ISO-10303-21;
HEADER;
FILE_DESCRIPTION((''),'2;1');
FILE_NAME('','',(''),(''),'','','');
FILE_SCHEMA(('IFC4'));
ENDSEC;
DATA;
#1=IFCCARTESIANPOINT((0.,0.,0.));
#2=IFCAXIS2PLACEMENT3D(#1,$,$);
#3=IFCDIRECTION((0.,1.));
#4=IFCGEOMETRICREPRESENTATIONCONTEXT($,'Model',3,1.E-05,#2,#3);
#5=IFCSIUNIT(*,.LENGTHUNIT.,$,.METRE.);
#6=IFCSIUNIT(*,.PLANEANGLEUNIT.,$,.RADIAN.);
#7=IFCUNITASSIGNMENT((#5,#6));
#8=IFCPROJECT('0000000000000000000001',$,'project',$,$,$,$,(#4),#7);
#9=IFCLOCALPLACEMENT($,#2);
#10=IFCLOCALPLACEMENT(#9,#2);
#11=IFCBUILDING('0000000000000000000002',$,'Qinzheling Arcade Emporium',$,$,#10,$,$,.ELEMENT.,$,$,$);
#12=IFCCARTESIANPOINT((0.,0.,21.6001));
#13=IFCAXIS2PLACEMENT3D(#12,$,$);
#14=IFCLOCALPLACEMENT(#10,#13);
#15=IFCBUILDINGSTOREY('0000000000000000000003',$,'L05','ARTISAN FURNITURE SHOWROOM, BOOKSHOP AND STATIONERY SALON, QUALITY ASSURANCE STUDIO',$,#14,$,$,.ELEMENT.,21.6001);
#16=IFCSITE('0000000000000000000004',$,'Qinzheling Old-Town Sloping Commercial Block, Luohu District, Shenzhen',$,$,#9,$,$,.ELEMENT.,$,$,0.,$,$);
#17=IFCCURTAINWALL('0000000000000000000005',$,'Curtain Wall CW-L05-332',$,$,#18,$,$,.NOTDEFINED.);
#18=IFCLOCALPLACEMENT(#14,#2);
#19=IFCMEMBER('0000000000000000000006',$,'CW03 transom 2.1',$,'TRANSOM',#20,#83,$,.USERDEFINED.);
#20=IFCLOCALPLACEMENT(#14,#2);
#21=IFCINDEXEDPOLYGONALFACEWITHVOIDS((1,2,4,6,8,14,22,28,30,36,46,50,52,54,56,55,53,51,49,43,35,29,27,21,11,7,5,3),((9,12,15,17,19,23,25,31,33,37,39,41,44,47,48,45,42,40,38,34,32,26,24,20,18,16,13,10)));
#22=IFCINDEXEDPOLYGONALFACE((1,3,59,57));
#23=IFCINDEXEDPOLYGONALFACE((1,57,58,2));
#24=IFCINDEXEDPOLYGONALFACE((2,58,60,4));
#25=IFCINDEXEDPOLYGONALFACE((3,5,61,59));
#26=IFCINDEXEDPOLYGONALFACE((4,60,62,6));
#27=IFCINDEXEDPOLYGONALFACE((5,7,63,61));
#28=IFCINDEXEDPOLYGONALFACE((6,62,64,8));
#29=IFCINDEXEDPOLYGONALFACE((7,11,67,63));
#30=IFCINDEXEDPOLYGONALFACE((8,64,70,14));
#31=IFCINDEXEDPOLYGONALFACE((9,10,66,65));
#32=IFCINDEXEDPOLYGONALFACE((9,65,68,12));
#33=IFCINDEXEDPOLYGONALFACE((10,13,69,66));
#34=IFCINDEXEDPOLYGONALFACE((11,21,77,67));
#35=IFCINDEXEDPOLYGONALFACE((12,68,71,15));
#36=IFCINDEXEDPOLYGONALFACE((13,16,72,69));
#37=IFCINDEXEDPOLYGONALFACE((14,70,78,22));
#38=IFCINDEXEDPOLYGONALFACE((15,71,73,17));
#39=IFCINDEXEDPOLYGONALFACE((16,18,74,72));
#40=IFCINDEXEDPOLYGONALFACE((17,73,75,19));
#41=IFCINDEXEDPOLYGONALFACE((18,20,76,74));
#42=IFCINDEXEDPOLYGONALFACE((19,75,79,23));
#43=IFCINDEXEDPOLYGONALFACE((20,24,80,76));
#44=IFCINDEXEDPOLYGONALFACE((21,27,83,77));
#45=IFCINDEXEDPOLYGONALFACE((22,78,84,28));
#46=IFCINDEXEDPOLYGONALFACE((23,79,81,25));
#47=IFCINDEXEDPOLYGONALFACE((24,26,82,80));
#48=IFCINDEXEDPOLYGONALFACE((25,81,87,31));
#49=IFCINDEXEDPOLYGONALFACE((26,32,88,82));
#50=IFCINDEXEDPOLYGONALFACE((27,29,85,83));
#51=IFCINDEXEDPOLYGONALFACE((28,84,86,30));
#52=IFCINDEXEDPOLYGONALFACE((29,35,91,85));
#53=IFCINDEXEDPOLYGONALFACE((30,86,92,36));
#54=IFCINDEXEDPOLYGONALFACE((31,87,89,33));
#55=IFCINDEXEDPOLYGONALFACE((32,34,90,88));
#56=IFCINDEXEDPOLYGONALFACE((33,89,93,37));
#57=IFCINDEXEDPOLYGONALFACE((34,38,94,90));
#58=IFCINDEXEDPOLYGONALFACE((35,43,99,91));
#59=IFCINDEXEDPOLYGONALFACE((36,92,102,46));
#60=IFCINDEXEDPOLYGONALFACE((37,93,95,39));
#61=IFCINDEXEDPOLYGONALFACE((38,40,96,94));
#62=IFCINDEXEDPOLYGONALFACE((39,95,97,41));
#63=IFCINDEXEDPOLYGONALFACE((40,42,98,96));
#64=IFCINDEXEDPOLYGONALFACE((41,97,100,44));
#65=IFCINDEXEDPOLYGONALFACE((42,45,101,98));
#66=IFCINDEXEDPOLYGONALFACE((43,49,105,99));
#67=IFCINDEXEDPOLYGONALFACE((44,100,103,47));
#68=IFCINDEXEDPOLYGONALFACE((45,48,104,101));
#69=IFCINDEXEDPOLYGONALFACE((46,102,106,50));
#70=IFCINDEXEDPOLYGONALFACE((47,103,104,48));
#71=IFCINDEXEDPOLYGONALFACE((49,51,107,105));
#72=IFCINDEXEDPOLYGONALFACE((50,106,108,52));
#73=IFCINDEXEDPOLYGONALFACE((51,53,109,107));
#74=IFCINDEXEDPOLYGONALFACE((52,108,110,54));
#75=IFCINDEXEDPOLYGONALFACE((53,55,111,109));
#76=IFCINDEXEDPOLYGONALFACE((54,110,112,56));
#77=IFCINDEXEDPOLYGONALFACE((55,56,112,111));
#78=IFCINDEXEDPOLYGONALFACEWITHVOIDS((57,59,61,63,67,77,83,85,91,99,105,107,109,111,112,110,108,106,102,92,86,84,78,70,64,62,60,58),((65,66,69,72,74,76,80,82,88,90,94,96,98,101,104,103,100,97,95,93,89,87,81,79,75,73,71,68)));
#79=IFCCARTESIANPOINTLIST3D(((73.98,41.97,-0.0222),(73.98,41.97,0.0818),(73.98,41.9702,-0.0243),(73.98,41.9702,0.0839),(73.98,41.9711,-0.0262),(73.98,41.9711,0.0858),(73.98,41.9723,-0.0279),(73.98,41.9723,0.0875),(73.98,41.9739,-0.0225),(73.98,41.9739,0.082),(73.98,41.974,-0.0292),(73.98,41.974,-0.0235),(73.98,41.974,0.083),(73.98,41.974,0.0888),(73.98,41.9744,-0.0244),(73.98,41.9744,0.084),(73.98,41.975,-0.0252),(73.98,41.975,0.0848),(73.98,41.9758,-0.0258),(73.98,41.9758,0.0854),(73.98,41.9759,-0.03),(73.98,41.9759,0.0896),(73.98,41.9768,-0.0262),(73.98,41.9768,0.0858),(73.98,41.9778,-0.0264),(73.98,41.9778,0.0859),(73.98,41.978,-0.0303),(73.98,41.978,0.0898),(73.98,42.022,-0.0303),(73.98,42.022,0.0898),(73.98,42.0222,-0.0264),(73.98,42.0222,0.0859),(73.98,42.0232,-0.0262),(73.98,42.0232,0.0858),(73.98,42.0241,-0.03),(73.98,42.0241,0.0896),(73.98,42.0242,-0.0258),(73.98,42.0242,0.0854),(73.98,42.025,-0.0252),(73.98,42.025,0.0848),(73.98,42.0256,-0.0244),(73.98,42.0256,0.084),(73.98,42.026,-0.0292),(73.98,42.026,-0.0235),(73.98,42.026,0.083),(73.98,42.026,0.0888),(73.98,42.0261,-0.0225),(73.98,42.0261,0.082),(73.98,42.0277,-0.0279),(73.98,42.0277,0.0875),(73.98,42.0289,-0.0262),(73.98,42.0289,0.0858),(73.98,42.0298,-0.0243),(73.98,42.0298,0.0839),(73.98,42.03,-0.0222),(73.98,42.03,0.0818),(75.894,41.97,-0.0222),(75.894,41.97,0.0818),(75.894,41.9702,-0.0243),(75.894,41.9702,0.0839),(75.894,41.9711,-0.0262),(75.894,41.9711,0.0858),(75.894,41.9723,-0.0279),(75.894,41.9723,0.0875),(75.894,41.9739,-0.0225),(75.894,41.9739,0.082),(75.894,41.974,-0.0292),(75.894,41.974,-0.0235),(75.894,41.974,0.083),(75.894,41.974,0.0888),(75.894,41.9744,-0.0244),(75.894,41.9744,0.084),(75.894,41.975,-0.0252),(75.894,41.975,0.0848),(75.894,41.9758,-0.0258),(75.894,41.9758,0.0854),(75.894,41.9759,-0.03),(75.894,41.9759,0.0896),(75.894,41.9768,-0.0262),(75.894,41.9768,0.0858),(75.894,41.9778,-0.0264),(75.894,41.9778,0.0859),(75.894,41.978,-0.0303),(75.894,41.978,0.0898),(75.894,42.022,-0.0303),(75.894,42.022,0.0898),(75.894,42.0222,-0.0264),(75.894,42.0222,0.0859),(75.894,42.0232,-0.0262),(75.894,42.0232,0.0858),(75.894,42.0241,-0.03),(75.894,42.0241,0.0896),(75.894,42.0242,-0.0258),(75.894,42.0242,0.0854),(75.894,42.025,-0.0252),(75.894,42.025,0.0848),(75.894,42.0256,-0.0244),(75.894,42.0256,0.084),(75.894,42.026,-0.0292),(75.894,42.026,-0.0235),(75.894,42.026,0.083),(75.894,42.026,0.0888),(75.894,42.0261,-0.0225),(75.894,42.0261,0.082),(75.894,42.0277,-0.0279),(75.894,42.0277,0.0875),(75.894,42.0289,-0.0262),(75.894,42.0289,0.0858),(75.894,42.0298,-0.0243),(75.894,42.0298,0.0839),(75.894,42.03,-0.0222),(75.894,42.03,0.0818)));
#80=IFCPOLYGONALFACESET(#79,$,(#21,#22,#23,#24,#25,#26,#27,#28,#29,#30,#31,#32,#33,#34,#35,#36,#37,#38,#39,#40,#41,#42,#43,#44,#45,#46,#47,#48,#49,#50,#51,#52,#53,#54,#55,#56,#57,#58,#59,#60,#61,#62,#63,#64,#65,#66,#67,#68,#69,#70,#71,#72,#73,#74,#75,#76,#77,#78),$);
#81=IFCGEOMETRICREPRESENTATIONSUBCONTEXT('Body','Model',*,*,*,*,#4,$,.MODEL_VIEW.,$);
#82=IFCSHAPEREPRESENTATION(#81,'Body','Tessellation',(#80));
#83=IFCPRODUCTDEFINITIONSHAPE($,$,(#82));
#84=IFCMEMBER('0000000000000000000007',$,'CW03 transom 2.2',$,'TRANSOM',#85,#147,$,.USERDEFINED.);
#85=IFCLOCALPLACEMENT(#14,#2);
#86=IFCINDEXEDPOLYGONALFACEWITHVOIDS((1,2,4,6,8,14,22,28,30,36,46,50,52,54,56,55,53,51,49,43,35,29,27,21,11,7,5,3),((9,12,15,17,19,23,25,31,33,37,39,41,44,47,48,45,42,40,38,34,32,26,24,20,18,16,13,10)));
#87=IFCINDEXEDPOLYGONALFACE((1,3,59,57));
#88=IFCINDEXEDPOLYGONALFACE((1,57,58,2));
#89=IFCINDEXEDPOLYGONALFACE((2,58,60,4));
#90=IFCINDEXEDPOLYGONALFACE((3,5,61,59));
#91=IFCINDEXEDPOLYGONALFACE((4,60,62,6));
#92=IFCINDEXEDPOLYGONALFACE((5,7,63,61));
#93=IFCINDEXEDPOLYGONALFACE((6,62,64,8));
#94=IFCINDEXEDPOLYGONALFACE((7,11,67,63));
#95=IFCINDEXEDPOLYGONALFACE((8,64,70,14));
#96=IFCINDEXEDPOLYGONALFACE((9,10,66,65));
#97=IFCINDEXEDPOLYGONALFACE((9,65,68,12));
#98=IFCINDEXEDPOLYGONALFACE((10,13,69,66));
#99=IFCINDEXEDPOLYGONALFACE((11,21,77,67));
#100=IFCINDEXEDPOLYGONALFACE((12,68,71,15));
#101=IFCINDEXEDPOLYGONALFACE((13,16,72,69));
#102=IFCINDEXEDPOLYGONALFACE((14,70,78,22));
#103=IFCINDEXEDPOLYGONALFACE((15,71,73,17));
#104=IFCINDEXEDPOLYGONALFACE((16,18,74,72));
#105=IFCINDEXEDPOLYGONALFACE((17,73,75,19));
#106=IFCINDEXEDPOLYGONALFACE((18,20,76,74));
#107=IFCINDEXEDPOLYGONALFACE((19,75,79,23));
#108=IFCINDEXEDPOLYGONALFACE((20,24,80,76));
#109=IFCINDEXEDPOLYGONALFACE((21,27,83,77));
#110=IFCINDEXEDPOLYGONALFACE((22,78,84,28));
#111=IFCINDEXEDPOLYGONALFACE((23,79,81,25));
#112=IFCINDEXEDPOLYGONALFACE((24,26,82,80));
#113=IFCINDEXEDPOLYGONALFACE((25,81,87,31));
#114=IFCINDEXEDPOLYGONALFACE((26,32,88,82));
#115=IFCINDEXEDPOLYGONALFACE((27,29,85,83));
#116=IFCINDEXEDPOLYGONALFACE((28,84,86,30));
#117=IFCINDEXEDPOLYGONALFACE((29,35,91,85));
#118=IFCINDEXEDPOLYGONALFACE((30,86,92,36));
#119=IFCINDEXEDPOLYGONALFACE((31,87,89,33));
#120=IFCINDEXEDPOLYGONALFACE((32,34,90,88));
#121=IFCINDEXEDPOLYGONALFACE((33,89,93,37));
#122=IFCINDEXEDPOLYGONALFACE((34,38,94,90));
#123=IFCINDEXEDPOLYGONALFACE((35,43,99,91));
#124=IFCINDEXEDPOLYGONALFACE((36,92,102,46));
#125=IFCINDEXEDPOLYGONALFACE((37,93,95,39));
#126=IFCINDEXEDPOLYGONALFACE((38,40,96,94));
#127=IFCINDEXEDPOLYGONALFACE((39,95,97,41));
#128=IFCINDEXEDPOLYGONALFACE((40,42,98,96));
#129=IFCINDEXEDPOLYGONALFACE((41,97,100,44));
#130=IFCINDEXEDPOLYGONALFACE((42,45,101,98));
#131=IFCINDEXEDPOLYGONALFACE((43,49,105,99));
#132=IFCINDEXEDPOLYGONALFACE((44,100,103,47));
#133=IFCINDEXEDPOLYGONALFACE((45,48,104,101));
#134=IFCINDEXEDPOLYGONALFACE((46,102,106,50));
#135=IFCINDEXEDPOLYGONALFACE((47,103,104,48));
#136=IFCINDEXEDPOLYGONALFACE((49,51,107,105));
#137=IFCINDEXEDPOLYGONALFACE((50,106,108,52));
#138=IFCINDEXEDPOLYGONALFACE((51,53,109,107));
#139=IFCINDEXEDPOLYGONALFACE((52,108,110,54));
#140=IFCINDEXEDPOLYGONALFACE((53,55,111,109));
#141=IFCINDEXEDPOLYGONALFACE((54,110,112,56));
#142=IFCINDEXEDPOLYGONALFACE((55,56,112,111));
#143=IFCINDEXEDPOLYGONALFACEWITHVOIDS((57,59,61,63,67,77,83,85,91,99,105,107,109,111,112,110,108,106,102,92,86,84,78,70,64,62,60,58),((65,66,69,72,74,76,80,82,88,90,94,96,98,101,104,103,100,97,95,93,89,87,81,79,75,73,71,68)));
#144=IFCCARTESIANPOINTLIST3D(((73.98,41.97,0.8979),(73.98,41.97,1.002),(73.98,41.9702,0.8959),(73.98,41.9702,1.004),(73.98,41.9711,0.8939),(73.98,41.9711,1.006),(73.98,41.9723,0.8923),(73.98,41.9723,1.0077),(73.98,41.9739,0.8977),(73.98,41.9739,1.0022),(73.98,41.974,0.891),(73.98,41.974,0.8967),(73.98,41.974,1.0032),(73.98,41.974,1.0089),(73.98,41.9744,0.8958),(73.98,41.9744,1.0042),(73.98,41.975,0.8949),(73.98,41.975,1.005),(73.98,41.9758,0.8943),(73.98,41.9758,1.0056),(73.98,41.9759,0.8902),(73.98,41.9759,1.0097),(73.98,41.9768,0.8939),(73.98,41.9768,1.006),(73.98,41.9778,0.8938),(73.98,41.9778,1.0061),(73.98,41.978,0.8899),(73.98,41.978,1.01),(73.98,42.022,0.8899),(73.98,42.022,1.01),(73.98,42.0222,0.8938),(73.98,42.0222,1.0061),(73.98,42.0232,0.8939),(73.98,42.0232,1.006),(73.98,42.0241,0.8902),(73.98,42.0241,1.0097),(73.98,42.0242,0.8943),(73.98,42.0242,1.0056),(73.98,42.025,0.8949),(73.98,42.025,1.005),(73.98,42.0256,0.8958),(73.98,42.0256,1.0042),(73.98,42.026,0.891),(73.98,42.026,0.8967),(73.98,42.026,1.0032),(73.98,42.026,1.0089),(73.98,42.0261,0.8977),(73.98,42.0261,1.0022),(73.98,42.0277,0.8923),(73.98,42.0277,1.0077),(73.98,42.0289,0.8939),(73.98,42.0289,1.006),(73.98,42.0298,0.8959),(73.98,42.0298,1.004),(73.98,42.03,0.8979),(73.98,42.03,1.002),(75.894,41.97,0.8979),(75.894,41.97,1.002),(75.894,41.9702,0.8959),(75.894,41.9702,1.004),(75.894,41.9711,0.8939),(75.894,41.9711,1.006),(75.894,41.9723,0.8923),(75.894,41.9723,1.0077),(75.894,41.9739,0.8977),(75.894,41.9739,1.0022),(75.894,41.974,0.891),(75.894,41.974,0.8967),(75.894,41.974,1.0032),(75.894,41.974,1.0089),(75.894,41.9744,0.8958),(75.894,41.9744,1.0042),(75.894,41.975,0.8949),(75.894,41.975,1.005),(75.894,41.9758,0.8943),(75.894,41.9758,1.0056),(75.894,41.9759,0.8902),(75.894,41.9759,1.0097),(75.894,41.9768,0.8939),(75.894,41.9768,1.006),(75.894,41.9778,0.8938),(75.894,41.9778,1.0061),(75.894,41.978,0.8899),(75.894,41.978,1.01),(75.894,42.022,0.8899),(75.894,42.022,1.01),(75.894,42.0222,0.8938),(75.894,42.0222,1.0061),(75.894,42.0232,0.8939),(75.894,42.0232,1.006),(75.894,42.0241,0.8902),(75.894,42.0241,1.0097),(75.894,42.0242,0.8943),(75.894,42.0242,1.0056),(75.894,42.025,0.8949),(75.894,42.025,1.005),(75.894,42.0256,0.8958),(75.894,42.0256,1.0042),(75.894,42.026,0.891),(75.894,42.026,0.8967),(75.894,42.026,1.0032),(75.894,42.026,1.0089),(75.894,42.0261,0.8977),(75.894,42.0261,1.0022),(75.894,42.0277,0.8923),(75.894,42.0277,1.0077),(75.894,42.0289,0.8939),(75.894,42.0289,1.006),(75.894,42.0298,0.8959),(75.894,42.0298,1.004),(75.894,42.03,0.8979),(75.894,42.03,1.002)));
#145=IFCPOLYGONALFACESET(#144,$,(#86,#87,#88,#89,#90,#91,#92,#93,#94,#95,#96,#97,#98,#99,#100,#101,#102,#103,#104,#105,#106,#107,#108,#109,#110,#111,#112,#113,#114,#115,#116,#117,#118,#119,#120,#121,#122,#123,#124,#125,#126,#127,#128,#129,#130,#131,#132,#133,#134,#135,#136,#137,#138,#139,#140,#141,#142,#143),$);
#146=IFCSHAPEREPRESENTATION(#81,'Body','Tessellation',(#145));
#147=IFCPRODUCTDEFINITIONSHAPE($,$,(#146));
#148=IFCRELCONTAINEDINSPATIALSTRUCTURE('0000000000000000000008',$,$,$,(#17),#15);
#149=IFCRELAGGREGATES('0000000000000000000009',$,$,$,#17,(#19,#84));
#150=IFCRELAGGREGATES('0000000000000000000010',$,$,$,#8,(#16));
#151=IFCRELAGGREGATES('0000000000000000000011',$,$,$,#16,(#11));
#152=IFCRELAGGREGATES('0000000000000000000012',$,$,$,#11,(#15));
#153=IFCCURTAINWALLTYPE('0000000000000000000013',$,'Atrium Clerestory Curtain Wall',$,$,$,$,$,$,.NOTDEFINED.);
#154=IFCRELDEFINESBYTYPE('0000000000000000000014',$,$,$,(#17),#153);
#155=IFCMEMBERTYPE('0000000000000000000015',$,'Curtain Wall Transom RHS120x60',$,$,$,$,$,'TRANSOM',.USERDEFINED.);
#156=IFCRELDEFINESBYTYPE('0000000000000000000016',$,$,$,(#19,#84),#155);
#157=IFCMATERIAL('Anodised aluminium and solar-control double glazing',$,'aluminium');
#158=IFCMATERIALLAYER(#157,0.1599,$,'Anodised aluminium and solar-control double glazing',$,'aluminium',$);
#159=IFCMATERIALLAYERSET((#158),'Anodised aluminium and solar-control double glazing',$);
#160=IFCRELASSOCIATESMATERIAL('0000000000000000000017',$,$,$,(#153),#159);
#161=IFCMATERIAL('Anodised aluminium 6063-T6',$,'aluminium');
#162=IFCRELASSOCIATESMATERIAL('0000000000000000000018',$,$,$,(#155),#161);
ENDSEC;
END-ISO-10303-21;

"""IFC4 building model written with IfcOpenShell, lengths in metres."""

from ifc_helpers import new_model, si_unit, direction, frame, origin, origin_2d, place, context, subcontext, project, spatial, hollow_rectangle, extrude, material, layer, layer_set, material_profile, profile_set, type_object, element, aggregate, save


model = new_model("IFC4")

# Units and contexts
model_context = context("Model", 3, precision=1e-05, world=origin(), true_north=direction((0.0, 1.0)))
body_context = subcontext(model_context, "Body", "Model", "MODEL_VIEW")
ifc_project = project(units=[si_unit("LENGTHUNIT", "METRE"), si_unit("PLANEANGLEUNIT", "RADIAN")], contexts=[model_context])

# Site, building, storey
site_placement = place(None, origin())
site = spatial("IfcSite", under=ifc_project, at=site_placement, Name="Qinzheling Old-Town Sloping Commercial Block, Luohu District, Shenzhen", CompositionType="ELEMENT", RefElevation=0.0)
building_placement = place(site_placement, origin())
building = spatial("IfcBuilding", under=site, at=building_placement, Name="Qinzheling Arcade Emporium", CompositionType="ELEMENT")
storey_placement = place(building_placement, frame((0.0, 0.0, 21.6001)))
storey = spatial("IfcBuildingStorey", under=building, at=storey_placement, Name="L05", Description="ARTISAN FURNITURE SHOWROOM, BOOKSHOP AND STATIONERY SALON, QUALITY ASSURANCE STUDIO", CompositionType="ELEMENT", Elevation=21.6001)

# Curtain wall
ifc_material_1 = material(Name="Anodised aluminium and solar-control double glazing", Category="aluminium")
ifc_layer_1 = layer(ifc_material_1, 0.1599, Name="Anodised aluminium and solar-control double glazing", Category="aluminium")
ifc_layer_set_1 = layer_set([ifc_layer_1], Name="Anodised aluminium and solar-control double glazing")
curtain_wall_type = type_object("IfcCurtainWallType", Name="Atrium Clerestory Curtain Wall", PredefinedType="NOTDEFINED", material=ifc_layer_set_1)
ifc_material_2 = material(Name="Anodised aluminium 6063-T6", Category="aluminium")
curtain_wall_1_placement = place(storey_placement, origin())
curtain_wall_1 = element("IfcCurtainWall", 1, at=curtain_wall_1_placement, inside=storey, type_object=curtain_wall_type, Name="Curtain Wall CW-L05-332", PredefinedType="NOTDEFINED")

# Members
ifc_material_profile_1 = material_profile(ifc_material_2, hollow_rectangle(XDim=0.0601, YDim=0.1201, WallThickness=0.0039, InnerFilletRadius=0.0039, OuterFilletRadius=0.0081, at=origin_2d()), Name="RHS 120x60x4", Category="aluminium")
ifc_profile_set_1 = profile_set([ifc_material_profile_1], Name="Anodised aluminium 6063-T6")
member_type_1 = type_object("IfcMemberType", Name="Curtain Wall Transom RHS120x60", ElementType="TRANSOM", PredefinedType="USERDEFINED", material=ifc_profile_set_1)
member_1_placement = place(storey_placement, frame((75.894, 42.0, 0.0298), z_axis=(-1.0, 0.0, 0.0), x_axis=(0.0, -1.0, 0.0)))
member_1 = element("IfcMember", 2, at=member_1_placement, type_object=member_type_1, Name="CW03 transom 2.1", ObjectType="TRANSOM", PredefinedType="USERDEFINED", context=body_context, shape_type="SweptSolid", body=[
    extrude(hollow_rectangle(XDim=0.0601, YDim=0.1201, WallThickness=0.0039, InnerFilletRadius=0.0039, OuterFilletRadius=0.0081, at=origin_2d()), origin(), (0.0, 0.0, 1.0), 1.9141),
])
member_2_placement = place(storey_placement, frame((75.894, 42.0, 0.95), z_axis=(-1.0, 0.0, 0.0), x_axis=(0.0, -1.0, 0.0)))
member_2 = element("IfcMember", 3, at=member_2_placement, type_object=member_type_1, Name="CW03 transom 2.2", ObjectType="TRANSOM", PredefinedType="USERDEFINED", context=body_context, shape_type="SweptSolid", body=[
    extrude(hollow_rectangle(XDim=0.0601, YDim=0.1201, WallThickness=0.0039, InnerFilletRadius=0.0039, OuterFilletRadius=0.0081, at=origin_2d()), origin(), (0.0, 0.0, 1.0), 1.9141),
])

aggregate(curtain_wall_1, [member_1, member_2])

save(model, "model.ifc")
